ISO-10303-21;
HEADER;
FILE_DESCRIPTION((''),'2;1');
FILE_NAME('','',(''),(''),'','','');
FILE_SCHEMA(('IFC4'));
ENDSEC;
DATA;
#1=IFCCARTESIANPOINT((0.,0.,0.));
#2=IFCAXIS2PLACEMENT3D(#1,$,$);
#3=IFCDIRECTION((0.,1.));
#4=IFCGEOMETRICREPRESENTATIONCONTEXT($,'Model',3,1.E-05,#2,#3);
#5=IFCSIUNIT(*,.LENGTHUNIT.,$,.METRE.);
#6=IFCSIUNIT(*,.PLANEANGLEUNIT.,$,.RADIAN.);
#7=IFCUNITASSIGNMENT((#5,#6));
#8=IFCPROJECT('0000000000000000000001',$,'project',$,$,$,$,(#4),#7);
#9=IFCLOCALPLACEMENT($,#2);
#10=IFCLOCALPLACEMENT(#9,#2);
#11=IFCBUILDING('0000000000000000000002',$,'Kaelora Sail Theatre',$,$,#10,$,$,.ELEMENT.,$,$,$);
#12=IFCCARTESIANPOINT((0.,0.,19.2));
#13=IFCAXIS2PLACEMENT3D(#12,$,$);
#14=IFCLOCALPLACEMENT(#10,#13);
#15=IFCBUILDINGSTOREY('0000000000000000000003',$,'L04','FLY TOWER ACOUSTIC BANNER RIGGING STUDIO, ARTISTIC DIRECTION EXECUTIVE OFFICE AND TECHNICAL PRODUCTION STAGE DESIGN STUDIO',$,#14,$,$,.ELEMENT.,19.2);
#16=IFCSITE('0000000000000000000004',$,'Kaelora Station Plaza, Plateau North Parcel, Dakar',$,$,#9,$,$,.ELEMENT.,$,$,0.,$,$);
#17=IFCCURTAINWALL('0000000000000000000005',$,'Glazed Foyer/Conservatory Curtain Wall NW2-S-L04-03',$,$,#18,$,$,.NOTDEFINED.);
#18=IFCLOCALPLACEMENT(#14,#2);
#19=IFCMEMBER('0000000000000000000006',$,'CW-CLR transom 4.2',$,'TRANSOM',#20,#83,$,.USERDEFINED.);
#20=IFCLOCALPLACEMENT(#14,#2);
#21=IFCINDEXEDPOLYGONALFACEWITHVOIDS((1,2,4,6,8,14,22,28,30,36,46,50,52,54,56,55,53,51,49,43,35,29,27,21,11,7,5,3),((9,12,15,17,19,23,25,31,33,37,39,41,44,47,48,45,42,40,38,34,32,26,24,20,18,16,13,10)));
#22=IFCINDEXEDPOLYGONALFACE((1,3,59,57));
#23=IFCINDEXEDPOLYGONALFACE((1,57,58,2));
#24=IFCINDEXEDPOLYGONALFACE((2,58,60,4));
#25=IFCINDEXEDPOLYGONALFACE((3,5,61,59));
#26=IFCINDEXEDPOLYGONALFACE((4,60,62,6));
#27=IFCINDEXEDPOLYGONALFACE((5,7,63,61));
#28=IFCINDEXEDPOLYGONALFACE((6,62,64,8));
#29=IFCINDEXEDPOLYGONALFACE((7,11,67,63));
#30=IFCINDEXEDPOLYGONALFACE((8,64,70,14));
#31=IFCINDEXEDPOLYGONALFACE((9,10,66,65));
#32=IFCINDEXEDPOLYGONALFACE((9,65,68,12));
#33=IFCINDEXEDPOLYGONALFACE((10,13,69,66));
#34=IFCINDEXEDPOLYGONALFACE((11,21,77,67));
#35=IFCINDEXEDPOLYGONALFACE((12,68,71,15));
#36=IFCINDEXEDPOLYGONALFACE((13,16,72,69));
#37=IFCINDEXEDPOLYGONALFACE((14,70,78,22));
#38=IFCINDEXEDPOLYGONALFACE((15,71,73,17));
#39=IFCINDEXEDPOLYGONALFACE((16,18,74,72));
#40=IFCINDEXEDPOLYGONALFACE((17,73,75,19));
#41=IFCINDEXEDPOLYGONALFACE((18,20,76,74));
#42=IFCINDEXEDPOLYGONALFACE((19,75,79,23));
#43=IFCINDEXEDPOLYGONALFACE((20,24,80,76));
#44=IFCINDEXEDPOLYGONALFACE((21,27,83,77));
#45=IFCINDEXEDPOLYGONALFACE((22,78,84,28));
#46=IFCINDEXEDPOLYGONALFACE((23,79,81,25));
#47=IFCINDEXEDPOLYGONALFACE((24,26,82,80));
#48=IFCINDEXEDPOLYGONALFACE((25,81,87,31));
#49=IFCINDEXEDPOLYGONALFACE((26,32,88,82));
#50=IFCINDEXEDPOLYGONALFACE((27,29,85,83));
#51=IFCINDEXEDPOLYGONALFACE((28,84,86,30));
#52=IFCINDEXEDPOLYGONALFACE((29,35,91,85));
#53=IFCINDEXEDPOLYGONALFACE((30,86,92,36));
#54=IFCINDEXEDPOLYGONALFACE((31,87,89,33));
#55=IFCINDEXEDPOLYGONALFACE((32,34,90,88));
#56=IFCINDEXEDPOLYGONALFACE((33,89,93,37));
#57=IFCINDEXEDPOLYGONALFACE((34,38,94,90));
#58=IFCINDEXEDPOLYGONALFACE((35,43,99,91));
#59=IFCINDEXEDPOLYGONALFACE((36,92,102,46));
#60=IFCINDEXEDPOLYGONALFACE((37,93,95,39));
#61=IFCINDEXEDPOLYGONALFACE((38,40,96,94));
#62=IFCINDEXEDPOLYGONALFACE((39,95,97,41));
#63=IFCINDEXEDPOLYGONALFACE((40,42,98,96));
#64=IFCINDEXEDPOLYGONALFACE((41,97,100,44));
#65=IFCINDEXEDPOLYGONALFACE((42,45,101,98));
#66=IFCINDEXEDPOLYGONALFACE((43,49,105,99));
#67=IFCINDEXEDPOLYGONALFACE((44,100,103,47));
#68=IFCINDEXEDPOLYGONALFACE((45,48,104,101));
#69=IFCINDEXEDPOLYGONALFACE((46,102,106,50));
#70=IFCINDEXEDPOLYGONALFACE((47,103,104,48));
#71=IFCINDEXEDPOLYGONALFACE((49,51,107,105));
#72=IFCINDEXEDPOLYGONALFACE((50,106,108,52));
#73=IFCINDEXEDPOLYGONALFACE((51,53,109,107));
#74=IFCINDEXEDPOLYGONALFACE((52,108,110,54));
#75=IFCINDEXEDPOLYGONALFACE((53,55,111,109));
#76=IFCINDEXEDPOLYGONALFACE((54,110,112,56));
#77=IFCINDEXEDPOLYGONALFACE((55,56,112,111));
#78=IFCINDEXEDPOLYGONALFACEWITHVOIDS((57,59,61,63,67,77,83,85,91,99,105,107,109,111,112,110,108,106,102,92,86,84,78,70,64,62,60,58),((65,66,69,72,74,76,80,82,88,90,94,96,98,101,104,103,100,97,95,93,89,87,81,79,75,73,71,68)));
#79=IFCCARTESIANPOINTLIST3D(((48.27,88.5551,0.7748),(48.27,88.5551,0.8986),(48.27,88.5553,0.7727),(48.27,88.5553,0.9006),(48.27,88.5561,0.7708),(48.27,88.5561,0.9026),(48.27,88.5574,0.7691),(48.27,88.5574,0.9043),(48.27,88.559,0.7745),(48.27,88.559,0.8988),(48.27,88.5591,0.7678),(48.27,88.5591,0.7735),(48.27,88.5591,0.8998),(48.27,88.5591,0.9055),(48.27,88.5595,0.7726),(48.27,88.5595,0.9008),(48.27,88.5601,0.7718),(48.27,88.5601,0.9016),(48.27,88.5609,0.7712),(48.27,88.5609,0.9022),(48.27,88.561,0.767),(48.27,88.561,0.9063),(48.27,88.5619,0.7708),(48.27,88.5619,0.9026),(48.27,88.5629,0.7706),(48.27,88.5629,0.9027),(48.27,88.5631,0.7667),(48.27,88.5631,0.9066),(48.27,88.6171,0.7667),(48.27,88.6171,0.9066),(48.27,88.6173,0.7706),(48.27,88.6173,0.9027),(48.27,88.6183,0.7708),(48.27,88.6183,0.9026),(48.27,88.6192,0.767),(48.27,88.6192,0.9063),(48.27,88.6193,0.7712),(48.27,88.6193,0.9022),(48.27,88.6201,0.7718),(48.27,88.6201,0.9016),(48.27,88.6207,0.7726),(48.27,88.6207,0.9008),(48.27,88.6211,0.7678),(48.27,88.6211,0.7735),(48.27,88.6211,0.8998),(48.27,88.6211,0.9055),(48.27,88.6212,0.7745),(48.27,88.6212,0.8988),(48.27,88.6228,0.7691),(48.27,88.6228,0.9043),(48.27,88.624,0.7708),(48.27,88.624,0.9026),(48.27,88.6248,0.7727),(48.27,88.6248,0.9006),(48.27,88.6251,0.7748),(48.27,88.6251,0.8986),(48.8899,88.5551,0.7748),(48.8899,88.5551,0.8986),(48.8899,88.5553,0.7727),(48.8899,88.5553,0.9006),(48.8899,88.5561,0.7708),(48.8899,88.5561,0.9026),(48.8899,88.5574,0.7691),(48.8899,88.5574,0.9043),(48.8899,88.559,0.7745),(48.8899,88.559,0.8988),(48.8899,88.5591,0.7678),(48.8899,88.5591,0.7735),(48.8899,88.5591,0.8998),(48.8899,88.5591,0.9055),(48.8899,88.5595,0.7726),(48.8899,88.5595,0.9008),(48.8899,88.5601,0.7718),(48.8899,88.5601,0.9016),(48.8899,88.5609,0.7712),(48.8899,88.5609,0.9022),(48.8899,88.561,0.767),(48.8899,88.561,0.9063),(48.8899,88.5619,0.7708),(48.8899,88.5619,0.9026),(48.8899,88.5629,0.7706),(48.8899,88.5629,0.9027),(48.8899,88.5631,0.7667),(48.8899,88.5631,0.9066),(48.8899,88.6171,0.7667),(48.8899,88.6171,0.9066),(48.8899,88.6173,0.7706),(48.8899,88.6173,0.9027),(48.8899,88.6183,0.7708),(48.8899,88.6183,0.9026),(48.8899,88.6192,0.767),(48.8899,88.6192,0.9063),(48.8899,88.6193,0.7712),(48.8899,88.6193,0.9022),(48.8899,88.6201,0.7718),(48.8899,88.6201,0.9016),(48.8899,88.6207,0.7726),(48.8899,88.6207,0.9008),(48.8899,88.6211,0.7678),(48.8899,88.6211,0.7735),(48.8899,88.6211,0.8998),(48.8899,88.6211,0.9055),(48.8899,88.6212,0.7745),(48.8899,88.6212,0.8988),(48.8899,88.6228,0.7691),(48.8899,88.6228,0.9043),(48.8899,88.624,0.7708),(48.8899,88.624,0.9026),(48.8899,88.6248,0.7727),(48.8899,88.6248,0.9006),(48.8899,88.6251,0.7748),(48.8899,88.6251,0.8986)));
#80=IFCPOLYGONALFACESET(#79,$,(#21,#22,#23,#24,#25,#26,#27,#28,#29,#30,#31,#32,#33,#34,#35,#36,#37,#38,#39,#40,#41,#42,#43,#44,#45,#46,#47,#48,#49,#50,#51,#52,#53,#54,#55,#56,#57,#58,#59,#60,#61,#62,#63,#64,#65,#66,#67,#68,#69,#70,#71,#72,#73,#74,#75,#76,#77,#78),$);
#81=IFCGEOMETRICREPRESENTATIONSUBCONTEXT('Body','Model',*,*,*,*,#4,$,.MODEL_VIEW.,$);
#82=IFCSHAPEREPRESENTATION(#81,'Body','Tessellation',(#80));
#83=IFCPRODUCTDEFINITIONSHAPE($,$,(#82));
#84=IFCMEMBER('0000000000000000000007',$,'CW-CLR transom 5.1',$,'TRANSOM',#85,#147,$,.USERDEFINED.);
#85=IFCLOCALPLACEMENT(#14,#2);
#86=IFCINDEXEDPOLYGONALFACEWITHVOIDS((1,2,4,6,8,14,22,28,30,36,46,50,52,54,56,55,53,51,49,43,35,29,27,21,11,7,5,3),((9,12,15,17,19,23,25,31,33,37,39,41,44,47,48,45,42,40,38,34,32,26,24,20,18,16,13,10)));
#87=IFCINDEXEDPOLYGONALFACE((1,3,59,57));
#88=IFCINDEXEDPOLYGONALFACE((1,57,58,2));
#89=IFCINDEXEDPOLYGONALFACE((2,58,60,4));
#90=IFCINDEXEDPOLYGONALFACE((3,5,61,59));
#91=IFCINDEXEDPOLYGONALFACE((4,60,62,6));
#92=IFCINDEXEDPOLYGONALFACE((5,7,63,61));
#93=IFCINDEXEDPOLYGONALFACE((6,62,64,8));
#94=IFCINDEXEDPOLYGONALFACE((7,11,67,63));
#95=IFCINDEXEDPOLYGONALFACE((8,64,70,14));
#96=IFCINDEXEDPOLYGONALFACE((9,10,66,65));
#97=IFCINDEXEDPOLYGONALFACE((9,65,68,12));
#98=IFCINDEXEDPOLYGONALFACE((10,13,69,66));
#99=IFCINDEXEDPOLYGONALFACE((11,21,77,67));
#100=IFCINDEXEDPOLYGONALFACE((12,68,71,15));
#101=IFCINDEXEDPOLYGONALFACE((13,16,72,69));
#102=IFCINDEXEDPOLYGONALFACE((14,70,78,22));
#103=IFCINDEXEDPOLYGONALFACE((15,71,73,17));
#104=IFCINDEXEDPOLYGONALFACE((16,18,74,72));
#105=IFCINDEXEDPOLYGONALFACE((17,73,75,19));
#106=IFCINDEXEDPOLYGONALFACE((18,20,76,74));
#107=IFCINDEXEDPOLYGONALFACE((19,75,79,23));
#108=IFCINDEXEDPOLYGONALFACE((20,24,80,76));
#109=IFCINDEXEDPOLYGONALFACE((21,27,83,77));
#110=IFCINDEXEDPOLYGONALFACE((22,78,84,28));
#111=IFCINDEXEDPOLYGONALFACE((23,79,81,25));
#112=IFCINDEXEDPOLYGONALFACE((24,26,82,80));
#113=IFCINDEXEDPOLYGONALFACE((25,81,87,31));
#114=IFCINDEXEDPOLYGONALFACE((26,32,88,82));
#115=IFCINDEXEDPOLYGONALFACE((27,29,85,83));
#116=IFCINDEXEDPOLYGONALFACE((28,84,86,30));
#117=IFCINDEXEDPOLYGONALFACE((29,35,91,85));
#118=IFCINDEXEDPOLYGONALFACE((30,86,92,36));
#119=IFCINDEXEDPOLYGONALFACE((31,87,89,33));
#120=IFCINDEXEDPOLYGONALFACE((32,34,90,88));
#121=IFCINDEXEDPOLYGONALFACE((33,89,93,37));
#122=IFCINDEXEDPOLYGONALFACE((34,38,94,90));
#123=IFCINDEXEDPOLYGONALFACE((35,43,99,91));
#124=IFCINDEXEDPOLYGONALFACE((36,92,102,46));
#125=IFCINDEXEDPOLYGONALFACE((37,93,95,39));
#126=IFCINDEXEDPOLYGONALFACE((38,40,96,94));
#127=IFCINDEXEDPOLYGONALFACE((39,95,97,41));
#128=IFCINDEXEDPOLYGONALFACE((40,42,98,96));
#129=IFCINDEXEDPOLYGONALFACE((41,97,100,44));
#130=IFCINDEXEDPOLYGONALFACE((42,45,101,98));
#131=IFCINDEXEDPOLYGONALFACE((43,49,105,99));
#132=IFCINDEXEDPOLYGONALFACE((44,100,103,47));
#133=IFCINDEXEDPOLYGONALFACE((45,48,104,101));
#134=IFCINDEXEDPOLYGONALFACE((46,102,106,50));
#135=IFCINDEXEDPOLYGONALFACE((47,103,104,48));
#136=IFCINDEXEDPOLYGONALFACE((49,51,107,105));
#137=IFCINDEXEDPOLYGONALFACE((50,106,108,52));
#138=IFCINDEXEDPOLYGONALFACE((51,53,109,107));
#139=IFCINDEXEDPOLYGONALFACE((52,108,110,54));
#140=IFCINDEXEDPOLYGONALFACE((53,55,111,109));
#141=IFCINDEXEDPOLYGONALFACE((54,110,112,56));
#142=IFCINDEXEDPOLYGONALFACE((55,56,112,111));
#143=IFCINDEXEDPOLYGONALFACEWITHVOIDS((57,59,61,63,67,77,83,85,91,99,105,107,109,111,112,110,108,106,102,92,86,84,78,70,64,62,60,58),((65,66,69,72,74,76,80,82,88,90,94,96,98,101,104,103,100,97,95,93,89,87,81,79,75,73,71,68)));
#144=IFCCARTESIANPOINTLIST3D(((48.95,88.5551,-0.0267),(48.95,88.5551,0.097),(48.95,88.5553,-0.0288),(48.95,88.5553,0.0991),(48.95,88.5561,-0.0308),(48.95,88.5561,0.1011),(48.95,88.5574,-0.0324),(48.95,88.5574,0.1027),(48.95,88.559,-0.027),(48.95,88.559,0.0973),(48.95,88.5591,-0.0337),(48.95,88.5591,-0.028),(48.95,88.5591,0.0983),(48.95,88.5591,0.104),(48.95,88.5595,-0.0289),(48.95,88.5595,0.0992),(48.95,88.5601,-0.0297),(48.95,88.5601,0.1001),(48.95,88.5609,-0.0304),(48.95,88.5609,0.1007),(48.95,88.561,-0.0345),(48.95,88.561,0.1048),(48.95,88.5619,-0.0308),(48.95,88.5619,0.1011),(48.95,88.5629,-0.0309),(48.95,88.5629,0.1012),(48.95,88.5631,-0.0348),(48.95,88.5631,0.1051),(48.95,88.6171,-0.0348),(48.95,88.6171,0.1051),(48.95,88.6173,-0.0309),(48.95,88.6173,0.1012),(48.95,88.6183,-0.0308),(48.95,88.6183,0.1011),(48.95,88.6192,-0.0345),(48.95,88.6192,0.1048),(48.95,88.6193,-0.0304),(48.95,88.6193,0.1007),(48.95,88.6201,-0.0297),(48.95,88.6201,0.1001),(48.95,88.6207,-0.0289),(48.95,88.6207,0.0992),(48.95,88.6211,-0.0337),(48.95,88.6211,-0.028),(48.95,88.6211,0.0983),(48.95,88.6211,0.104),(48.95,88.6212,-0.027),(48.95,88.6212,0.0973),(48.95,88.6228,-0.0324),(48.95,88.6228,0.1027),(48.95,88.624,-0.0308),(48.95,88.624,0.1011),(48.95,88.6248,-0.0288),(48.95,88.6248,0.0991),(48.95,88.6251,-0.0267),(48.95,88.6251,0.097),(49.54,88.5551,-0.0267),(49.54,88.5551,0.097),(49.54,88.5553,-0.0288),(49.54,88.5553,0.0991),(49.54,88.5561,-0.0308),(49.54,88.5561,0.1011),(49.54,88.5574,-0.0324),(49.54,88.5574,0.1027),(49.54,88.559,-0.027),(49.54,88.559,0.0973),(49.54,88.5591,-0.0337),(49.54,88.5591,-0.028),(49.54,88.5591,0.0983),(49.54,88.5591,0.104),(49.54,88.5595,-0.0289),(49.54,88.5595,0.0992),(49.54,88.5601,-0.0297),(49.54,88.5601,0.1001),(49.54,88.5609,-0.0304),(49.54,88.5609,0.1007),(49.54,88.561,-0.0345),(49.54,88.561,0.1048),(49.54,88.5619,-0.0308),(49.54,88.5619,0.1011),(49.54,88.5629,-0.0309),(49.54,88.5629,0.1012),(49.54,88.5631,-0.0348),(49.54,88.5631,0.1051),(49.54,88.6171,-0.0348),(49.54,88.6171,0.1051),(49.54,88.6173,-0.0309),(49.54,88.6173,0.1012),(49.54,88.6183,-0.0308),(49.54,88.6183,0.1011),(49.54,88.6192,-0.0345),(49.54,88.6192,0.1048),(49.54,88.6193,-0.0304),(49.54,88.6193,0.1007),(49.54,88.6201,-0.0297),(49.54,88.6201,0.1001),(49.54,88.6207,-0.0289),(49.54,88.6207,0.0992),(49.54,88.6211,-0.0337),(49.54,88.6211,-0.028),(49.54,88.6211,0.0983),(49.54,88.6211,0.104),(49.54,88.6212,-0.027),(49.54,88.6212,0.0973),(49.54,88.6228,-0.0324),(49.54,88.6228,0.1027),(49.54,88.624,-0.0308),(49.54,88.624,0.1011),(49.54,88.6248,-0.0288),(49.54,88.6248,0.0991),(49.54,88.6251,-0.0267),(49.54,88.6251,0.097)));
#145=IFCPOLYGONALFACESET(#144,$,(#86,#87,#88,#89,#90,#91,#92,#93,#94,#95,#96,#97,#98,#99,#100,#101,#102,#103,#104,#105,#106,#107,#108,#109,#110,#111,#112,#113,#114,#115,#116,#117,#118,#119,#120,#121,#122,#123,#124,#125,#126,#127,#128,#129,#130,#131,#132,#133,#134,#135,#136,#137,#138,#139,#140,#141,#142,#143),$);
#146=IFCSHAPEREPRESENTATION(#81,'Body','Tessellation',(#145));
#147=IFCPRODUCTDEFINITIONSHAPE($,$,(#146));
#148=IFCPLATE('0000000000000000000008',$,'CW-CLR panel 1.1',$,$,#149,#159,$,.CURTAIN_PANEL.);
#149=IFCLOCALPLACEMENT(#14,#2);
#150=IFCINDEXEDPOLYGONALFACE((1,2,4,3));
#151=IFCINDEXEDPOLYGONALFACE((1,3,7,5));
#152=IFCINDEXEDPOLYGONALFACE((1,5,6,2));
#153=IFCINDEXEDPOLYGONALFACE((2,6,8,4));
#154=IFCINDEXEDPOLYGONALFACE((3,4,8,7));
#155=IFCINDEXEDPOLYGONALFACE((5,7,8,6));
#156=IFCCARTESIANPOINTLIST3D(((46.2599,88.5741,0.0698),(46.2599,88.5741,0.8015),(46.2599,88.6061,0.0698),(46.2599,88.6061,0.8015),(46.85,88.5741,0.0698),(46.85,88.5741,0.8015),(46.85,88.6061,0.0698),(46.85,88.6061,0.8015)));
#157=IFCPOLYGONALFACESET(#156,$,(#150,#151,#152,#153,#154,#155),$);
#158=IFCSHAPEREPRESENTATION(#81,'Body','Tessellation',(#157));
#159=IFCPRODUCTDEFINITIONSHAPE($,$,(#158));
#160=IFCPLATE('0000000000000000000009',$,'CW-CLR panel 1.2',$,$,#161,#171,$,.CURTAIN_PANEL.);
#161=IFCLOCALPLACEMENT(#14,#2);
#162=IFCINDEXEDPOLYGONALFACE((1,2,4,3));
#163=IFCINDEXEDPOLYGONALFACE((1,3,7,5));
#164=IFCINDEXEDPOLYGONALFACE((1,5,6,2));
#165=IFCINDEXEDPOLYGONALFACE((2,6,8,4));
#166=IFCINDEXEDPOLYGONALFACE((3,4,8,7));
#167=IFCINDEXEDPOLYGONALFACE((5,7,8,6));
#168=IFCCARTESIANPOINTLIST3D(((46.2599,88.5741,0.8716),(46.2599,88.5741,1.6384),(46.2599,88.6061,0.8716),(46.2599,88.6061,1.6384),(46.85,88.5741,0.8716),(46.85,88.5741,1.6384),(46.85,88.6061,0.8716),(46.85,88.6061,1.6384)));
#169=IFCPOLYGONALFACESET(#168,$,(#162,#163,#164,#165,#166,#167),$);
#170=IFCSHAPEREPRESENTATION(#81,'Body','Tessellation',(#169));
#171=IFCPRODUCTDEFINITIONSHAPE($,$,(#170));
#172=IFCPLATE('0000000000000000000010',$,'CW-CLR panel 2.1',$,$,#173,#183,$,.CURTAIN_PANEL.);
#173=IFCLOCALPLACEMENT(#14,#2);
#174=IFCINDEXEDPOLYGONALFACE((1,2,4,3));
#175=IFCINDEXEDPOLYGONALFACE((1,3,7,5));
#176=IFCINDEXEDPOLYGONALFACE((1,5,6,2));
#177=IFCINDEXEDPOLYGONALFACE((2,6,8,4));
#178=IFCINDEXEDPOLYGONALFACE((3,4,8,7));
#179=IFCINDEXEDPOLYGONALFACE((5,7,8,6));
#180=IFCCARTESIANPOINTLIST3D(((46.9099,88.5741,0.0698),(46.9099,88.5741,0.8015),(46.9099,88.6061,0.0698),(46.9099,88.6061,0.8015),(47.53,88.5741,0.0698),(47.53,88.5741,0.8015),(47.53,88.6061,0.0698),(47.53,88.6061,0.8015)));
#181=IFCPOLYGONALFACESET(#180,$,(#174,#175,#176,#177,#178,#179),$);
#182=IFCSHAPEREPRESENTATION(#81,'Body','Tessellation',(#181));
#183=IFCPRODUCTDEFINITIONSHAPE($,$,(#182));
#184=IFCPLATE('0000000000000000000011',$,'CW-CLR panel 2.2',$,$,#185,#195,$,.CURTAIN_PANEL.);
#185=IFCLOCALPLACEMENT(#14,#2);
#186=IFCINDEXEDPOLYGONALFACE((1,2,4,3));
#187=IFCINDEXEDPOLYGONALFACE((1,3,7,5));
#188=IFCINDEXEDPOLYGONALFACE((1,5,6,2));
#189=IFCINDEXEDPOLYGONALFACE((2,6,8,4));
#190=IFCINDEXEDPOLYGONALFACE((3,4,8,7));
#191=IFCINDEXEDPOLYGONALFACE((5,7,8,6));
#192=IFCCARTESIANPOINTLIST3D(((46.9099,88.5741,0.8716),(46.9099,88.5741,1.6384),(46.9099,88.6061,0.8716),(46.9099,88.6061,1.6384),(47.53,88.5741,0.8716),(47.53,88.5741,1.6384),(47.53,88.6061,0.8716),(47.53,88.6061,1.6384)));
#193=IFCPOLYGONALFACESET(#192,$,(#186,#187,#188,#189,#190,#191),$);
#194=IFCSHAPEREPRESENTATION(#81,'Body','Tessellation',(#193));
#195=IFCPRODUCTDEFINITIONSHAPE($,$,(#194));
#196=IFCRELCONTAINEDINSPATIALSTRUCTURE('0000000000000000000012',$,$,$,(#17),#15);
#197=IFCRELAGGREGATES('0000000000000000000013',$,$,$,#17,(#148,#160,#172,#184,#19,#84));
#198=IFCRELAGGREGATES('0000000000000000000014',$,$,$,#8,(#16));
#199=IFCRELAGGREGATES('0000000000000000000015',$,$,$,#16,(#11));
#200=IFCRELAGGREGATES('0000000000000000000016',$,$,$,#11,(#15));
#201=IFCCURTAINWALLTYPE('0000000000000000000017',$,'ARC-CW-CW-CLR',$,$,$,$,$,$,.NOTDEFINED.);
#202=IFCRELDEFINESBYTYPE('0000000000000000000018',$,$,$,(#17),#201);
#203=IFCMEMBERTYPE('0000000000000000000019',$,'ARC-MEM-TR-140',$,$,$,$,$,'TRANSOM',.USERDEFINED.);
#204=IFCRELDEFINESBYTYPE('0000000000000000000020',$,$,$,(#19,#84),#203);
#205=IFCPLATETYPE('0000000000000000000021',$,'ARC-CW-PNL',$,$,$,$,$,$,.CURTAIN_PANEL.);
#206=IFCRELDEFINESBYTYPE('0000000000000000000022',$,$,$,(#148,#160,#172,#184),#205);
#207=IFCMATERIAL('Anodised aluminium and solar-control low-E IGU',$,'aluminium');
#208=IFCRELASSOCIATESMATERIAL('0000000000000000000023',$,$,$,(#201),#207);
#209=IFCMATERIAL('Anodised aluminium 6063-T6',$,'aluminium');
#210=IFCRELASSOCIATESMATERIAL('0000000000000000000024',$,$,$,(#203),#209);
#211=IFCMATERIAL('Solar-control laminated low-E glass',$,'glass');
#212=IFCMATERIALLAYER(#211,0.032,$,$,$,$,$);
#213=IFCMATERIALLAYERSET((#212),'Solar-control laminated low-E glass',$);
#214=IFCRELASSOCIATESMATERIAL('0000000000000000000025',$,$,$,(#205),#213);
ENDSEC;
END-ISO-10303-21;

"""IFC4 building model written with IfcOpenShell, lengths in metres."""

from ifc_helpers import new_model, si_unit, direction, frame, origin, origin_2d, place, context, subcontext, project, spatial, rectangle, hollow_rectangle, extrude, material, layer, layer_set, material_profile, profile_set, type_object, element, aggregate, save


model = new_model("IFC4")

# Units and contexts
model_context = context("Model", 3, precision=1e-05, world=origin(), true_north=direction((0.0, 1.0)))
body_context = subcontext(model_context, "Body", "Model", "MODEL_VIEW")
ifc_project = project(units=[si_unit("LENGTHUNIT", "METRE"), si_unit("PLANEANGLEUNIT", "RADIAN")], contexts=[model_context])

# Site, building, storey
site_placement = place(None, origin())
site = spatial("IfcSite", under=ifc_project, at=site_placement, Name="Kaelora Station Plaza, Plateau North Parcel, Dakar", CompositionType="ELEMENT", RefElevation=0.0)
building_placement = place(site_placement, origin())
building = spatial("IfcBuilding", under=site, at=building_placement, Name="Kaelora Sail Theatre", CompositionType="ELEMENT")
storey_placement = place(building_placement, frame((0.0, 0.0, 19.2)))
storey = spatial("IfcBuildingStorey", under=building, at=storey_placement, Name="L04", Description="FLY TOWER ACOUSTIC BANNER RIGGING STUDIO, ARTISTIC DIRECTION EXECUTIVE OFFICE AND TECHNICAL PRODUCTION STAGE DESIGN STUDIO", CompositionType="ELEMENT", Elevation=19.2)

# Curtain wall, members, plates
ifc_material_1 = material(Name="Anodised aluminium and solar-control low-E IGU", Category="aluminium")
curtain_wall_type = type_object("IfcCurtainWallType", Name="ARC-CW-CW-CLR", PredefinedType="NOTDEFINED", material=ifc_material_1)
curtain_wall_placement = place(storey_placement, origin())
curtain_wall = element("IfcCurtainWall", 1, at=curtain_wall_placement, inside=storey, type_object=curtain_wall_type, Name="Glazed Foyer/Conservatory Curtain Wall NW2-S-L04-03", PredefinedType="NOTDEFINED")
ifc_material_2 = material(Name="Anodised aluminium 6063-T6", Category="aluminium")
ifc_material_profile_1 = material_profile(ifc_material_2, hollow_rectangle(XDim=0.0701, YDim=0.1399, WallThickness=0.0039, InnerFilletRadius=0.0039, OuterFilletRadius=0.0081, at=origin_2d()), Name="ALU-TRAN 70x140x4")
ifc_profile_set_1 = profile_set([ifc_material_profile_1], Name="Anodised aluminium 6063-T6")
member_type_1 = type_object("IfcMemberType", Name="ARC-MEM-TR-140", ElementType="TRANSOM", PredefinedType="USERDEFINED", material=ifc_profile_set_1)
member_1_placement = place(storey_placement, frame((48.27, 88.5901, 0.8367), z_axis=(1.0, 0.0, 0.0), x_axis=(0.0, 1.0, 0.0)))
member_1 = element("IfcMember", 2, at=member_1_placement, type_object=member_type_1, Name="CW-CLR transom 4.2", ObjectType="TRANSOM", PredefinedType="USERDEFINED", context=body_context, shape_type="SweptSolid", body=[
    extrude(hollow_rectangle(XDim=0.0701, YDim=0.1399, WallThickness=0.0039, InnerFilletRadius=0.0039, OuterFilletRadius=0.0081, at=origin_2d()), origin(), (0.0, 0.0, 1.0), 0.6199),
])
member_2_placement = place(storey_placement, frame((48.95, 88.5901, 0.0352), z_axis=(1.0, 0.0, 0.0), x_axis=(0.0, 1.0, 0.0)))
member_2 = element("IfcMember", 3, at=member_2_placement, type_object=member_type_1, Name="CW-CLR transom 5.1", ObjectType="TRANSOM", PredefinedType="USERDEFINED", context=body_context, shape_type="SweptSolid", body=[
    extrude(hollow_rectangle(XDim=0.0701, YDim=0.1399, WallThickness=0.0039, InnerFilletRadius=0.0039, OuterFilletRadius=0.0081, at=origin_2d()), origin(), (0.0, 0.0, 1.0), 0.5901),
])
ifc_material_3 = material(Name="Solar-control laminated low-E glass", Category="glass")
ifc_layer = layer(ifc_material_3, 0.032)
ifc_layer_set = layer_set([ifc_layer], Name="Solar-control laminated low-E glass")
plate_type = type_object("IfcPlateType", Name="ARC-CW-PNL", PredefinedType="CURTAIN_PANEL", material=ifc_layer_set)
plate_1_placement = place(storey_placement, frame((46.5549, 88.5901, 0.0698), z_axis=(0.0, 0.0, 1.0), x_axis=(1.0, 0.0, 0.0)))
plate_1 = element("IfcPlate", 4, at=plate_1_placement, type_object=plate_type, Name="CW-CLR panel 1.1", PredefinedType="CURTAIN_PANEL", context=body_context, shape_type="SweptSolid", body=[
    extrude(rectangle(XDim=0.5901, YDim=0.032, at=origin_2d()), origin(), (0.0, 0.0, 1.0), 0.7317),
])
plate_2_placement = place(storey_placement, frame((46.5549, 88.5901, 0.8716), z_axis=(0.0, 0.0, 1.0), x_axis=(1.0, 0.0, 0.0)))
plate_2 = element("IfcPlate", 5, at=plate_2_placement, type_object=plate_type, Name="CW-CLR panel 1.2", PredefinedType="CURTAIN_PANEL", context=body_context, shape_type="SweptSolid", body=[
    extrude(rectangle(XDim=0.5901, YDim=0.032, at=origin_2d()), origin(), (0.0, 0.0, 1.0), 0.7668),
])
plate_3_placement = place(storey_placement, frame((47.22, 88.5901, 0.0698), z_axis=(0.0, 0.0, 1.0), x_axis=(1.0, 0.0, 0.0)))
plate_3 = element("IfcPlate", 6, at=plate_3_placement, type_object=plate_type, Name="CW-CLR panel 2.1", PredefinedType="CURTAIN_PANEL", context=body_context, shape_type="SweptSolid", body=[
    extrude(rectangle(XDim=0.6201, YDim=0.032, at=origin_2d()), origin(), (0.0, 0.0, 1.0), 0.7317),
])
plate_4_placement = place(storey_placement, frame((47.22, 88.5901, 0.8716), z_axis=(0.0, 0.0, 1.0), x_axis=(1.0, 0.0, 0.0)))
plate_4 = element("IfcPlate", 7, at=plate_4_placement, type_object=plate_type, Name="CW-CLR panel 2.2", PredefinedType="CURTAIN_PANEL", context=body_context, shape_type="SweptSolid", body=[
    extrude(rectangle(XDim=0.6201, YDim=0.032, at=origin_2d()), origin(), (0.0, 0.0, 1.0), 0.7668),
])
aggregate(curtain_wall, [plate_1, plate_2, plate_3, plate_4, member_1, member_2])

save(model, "model.ifc")
